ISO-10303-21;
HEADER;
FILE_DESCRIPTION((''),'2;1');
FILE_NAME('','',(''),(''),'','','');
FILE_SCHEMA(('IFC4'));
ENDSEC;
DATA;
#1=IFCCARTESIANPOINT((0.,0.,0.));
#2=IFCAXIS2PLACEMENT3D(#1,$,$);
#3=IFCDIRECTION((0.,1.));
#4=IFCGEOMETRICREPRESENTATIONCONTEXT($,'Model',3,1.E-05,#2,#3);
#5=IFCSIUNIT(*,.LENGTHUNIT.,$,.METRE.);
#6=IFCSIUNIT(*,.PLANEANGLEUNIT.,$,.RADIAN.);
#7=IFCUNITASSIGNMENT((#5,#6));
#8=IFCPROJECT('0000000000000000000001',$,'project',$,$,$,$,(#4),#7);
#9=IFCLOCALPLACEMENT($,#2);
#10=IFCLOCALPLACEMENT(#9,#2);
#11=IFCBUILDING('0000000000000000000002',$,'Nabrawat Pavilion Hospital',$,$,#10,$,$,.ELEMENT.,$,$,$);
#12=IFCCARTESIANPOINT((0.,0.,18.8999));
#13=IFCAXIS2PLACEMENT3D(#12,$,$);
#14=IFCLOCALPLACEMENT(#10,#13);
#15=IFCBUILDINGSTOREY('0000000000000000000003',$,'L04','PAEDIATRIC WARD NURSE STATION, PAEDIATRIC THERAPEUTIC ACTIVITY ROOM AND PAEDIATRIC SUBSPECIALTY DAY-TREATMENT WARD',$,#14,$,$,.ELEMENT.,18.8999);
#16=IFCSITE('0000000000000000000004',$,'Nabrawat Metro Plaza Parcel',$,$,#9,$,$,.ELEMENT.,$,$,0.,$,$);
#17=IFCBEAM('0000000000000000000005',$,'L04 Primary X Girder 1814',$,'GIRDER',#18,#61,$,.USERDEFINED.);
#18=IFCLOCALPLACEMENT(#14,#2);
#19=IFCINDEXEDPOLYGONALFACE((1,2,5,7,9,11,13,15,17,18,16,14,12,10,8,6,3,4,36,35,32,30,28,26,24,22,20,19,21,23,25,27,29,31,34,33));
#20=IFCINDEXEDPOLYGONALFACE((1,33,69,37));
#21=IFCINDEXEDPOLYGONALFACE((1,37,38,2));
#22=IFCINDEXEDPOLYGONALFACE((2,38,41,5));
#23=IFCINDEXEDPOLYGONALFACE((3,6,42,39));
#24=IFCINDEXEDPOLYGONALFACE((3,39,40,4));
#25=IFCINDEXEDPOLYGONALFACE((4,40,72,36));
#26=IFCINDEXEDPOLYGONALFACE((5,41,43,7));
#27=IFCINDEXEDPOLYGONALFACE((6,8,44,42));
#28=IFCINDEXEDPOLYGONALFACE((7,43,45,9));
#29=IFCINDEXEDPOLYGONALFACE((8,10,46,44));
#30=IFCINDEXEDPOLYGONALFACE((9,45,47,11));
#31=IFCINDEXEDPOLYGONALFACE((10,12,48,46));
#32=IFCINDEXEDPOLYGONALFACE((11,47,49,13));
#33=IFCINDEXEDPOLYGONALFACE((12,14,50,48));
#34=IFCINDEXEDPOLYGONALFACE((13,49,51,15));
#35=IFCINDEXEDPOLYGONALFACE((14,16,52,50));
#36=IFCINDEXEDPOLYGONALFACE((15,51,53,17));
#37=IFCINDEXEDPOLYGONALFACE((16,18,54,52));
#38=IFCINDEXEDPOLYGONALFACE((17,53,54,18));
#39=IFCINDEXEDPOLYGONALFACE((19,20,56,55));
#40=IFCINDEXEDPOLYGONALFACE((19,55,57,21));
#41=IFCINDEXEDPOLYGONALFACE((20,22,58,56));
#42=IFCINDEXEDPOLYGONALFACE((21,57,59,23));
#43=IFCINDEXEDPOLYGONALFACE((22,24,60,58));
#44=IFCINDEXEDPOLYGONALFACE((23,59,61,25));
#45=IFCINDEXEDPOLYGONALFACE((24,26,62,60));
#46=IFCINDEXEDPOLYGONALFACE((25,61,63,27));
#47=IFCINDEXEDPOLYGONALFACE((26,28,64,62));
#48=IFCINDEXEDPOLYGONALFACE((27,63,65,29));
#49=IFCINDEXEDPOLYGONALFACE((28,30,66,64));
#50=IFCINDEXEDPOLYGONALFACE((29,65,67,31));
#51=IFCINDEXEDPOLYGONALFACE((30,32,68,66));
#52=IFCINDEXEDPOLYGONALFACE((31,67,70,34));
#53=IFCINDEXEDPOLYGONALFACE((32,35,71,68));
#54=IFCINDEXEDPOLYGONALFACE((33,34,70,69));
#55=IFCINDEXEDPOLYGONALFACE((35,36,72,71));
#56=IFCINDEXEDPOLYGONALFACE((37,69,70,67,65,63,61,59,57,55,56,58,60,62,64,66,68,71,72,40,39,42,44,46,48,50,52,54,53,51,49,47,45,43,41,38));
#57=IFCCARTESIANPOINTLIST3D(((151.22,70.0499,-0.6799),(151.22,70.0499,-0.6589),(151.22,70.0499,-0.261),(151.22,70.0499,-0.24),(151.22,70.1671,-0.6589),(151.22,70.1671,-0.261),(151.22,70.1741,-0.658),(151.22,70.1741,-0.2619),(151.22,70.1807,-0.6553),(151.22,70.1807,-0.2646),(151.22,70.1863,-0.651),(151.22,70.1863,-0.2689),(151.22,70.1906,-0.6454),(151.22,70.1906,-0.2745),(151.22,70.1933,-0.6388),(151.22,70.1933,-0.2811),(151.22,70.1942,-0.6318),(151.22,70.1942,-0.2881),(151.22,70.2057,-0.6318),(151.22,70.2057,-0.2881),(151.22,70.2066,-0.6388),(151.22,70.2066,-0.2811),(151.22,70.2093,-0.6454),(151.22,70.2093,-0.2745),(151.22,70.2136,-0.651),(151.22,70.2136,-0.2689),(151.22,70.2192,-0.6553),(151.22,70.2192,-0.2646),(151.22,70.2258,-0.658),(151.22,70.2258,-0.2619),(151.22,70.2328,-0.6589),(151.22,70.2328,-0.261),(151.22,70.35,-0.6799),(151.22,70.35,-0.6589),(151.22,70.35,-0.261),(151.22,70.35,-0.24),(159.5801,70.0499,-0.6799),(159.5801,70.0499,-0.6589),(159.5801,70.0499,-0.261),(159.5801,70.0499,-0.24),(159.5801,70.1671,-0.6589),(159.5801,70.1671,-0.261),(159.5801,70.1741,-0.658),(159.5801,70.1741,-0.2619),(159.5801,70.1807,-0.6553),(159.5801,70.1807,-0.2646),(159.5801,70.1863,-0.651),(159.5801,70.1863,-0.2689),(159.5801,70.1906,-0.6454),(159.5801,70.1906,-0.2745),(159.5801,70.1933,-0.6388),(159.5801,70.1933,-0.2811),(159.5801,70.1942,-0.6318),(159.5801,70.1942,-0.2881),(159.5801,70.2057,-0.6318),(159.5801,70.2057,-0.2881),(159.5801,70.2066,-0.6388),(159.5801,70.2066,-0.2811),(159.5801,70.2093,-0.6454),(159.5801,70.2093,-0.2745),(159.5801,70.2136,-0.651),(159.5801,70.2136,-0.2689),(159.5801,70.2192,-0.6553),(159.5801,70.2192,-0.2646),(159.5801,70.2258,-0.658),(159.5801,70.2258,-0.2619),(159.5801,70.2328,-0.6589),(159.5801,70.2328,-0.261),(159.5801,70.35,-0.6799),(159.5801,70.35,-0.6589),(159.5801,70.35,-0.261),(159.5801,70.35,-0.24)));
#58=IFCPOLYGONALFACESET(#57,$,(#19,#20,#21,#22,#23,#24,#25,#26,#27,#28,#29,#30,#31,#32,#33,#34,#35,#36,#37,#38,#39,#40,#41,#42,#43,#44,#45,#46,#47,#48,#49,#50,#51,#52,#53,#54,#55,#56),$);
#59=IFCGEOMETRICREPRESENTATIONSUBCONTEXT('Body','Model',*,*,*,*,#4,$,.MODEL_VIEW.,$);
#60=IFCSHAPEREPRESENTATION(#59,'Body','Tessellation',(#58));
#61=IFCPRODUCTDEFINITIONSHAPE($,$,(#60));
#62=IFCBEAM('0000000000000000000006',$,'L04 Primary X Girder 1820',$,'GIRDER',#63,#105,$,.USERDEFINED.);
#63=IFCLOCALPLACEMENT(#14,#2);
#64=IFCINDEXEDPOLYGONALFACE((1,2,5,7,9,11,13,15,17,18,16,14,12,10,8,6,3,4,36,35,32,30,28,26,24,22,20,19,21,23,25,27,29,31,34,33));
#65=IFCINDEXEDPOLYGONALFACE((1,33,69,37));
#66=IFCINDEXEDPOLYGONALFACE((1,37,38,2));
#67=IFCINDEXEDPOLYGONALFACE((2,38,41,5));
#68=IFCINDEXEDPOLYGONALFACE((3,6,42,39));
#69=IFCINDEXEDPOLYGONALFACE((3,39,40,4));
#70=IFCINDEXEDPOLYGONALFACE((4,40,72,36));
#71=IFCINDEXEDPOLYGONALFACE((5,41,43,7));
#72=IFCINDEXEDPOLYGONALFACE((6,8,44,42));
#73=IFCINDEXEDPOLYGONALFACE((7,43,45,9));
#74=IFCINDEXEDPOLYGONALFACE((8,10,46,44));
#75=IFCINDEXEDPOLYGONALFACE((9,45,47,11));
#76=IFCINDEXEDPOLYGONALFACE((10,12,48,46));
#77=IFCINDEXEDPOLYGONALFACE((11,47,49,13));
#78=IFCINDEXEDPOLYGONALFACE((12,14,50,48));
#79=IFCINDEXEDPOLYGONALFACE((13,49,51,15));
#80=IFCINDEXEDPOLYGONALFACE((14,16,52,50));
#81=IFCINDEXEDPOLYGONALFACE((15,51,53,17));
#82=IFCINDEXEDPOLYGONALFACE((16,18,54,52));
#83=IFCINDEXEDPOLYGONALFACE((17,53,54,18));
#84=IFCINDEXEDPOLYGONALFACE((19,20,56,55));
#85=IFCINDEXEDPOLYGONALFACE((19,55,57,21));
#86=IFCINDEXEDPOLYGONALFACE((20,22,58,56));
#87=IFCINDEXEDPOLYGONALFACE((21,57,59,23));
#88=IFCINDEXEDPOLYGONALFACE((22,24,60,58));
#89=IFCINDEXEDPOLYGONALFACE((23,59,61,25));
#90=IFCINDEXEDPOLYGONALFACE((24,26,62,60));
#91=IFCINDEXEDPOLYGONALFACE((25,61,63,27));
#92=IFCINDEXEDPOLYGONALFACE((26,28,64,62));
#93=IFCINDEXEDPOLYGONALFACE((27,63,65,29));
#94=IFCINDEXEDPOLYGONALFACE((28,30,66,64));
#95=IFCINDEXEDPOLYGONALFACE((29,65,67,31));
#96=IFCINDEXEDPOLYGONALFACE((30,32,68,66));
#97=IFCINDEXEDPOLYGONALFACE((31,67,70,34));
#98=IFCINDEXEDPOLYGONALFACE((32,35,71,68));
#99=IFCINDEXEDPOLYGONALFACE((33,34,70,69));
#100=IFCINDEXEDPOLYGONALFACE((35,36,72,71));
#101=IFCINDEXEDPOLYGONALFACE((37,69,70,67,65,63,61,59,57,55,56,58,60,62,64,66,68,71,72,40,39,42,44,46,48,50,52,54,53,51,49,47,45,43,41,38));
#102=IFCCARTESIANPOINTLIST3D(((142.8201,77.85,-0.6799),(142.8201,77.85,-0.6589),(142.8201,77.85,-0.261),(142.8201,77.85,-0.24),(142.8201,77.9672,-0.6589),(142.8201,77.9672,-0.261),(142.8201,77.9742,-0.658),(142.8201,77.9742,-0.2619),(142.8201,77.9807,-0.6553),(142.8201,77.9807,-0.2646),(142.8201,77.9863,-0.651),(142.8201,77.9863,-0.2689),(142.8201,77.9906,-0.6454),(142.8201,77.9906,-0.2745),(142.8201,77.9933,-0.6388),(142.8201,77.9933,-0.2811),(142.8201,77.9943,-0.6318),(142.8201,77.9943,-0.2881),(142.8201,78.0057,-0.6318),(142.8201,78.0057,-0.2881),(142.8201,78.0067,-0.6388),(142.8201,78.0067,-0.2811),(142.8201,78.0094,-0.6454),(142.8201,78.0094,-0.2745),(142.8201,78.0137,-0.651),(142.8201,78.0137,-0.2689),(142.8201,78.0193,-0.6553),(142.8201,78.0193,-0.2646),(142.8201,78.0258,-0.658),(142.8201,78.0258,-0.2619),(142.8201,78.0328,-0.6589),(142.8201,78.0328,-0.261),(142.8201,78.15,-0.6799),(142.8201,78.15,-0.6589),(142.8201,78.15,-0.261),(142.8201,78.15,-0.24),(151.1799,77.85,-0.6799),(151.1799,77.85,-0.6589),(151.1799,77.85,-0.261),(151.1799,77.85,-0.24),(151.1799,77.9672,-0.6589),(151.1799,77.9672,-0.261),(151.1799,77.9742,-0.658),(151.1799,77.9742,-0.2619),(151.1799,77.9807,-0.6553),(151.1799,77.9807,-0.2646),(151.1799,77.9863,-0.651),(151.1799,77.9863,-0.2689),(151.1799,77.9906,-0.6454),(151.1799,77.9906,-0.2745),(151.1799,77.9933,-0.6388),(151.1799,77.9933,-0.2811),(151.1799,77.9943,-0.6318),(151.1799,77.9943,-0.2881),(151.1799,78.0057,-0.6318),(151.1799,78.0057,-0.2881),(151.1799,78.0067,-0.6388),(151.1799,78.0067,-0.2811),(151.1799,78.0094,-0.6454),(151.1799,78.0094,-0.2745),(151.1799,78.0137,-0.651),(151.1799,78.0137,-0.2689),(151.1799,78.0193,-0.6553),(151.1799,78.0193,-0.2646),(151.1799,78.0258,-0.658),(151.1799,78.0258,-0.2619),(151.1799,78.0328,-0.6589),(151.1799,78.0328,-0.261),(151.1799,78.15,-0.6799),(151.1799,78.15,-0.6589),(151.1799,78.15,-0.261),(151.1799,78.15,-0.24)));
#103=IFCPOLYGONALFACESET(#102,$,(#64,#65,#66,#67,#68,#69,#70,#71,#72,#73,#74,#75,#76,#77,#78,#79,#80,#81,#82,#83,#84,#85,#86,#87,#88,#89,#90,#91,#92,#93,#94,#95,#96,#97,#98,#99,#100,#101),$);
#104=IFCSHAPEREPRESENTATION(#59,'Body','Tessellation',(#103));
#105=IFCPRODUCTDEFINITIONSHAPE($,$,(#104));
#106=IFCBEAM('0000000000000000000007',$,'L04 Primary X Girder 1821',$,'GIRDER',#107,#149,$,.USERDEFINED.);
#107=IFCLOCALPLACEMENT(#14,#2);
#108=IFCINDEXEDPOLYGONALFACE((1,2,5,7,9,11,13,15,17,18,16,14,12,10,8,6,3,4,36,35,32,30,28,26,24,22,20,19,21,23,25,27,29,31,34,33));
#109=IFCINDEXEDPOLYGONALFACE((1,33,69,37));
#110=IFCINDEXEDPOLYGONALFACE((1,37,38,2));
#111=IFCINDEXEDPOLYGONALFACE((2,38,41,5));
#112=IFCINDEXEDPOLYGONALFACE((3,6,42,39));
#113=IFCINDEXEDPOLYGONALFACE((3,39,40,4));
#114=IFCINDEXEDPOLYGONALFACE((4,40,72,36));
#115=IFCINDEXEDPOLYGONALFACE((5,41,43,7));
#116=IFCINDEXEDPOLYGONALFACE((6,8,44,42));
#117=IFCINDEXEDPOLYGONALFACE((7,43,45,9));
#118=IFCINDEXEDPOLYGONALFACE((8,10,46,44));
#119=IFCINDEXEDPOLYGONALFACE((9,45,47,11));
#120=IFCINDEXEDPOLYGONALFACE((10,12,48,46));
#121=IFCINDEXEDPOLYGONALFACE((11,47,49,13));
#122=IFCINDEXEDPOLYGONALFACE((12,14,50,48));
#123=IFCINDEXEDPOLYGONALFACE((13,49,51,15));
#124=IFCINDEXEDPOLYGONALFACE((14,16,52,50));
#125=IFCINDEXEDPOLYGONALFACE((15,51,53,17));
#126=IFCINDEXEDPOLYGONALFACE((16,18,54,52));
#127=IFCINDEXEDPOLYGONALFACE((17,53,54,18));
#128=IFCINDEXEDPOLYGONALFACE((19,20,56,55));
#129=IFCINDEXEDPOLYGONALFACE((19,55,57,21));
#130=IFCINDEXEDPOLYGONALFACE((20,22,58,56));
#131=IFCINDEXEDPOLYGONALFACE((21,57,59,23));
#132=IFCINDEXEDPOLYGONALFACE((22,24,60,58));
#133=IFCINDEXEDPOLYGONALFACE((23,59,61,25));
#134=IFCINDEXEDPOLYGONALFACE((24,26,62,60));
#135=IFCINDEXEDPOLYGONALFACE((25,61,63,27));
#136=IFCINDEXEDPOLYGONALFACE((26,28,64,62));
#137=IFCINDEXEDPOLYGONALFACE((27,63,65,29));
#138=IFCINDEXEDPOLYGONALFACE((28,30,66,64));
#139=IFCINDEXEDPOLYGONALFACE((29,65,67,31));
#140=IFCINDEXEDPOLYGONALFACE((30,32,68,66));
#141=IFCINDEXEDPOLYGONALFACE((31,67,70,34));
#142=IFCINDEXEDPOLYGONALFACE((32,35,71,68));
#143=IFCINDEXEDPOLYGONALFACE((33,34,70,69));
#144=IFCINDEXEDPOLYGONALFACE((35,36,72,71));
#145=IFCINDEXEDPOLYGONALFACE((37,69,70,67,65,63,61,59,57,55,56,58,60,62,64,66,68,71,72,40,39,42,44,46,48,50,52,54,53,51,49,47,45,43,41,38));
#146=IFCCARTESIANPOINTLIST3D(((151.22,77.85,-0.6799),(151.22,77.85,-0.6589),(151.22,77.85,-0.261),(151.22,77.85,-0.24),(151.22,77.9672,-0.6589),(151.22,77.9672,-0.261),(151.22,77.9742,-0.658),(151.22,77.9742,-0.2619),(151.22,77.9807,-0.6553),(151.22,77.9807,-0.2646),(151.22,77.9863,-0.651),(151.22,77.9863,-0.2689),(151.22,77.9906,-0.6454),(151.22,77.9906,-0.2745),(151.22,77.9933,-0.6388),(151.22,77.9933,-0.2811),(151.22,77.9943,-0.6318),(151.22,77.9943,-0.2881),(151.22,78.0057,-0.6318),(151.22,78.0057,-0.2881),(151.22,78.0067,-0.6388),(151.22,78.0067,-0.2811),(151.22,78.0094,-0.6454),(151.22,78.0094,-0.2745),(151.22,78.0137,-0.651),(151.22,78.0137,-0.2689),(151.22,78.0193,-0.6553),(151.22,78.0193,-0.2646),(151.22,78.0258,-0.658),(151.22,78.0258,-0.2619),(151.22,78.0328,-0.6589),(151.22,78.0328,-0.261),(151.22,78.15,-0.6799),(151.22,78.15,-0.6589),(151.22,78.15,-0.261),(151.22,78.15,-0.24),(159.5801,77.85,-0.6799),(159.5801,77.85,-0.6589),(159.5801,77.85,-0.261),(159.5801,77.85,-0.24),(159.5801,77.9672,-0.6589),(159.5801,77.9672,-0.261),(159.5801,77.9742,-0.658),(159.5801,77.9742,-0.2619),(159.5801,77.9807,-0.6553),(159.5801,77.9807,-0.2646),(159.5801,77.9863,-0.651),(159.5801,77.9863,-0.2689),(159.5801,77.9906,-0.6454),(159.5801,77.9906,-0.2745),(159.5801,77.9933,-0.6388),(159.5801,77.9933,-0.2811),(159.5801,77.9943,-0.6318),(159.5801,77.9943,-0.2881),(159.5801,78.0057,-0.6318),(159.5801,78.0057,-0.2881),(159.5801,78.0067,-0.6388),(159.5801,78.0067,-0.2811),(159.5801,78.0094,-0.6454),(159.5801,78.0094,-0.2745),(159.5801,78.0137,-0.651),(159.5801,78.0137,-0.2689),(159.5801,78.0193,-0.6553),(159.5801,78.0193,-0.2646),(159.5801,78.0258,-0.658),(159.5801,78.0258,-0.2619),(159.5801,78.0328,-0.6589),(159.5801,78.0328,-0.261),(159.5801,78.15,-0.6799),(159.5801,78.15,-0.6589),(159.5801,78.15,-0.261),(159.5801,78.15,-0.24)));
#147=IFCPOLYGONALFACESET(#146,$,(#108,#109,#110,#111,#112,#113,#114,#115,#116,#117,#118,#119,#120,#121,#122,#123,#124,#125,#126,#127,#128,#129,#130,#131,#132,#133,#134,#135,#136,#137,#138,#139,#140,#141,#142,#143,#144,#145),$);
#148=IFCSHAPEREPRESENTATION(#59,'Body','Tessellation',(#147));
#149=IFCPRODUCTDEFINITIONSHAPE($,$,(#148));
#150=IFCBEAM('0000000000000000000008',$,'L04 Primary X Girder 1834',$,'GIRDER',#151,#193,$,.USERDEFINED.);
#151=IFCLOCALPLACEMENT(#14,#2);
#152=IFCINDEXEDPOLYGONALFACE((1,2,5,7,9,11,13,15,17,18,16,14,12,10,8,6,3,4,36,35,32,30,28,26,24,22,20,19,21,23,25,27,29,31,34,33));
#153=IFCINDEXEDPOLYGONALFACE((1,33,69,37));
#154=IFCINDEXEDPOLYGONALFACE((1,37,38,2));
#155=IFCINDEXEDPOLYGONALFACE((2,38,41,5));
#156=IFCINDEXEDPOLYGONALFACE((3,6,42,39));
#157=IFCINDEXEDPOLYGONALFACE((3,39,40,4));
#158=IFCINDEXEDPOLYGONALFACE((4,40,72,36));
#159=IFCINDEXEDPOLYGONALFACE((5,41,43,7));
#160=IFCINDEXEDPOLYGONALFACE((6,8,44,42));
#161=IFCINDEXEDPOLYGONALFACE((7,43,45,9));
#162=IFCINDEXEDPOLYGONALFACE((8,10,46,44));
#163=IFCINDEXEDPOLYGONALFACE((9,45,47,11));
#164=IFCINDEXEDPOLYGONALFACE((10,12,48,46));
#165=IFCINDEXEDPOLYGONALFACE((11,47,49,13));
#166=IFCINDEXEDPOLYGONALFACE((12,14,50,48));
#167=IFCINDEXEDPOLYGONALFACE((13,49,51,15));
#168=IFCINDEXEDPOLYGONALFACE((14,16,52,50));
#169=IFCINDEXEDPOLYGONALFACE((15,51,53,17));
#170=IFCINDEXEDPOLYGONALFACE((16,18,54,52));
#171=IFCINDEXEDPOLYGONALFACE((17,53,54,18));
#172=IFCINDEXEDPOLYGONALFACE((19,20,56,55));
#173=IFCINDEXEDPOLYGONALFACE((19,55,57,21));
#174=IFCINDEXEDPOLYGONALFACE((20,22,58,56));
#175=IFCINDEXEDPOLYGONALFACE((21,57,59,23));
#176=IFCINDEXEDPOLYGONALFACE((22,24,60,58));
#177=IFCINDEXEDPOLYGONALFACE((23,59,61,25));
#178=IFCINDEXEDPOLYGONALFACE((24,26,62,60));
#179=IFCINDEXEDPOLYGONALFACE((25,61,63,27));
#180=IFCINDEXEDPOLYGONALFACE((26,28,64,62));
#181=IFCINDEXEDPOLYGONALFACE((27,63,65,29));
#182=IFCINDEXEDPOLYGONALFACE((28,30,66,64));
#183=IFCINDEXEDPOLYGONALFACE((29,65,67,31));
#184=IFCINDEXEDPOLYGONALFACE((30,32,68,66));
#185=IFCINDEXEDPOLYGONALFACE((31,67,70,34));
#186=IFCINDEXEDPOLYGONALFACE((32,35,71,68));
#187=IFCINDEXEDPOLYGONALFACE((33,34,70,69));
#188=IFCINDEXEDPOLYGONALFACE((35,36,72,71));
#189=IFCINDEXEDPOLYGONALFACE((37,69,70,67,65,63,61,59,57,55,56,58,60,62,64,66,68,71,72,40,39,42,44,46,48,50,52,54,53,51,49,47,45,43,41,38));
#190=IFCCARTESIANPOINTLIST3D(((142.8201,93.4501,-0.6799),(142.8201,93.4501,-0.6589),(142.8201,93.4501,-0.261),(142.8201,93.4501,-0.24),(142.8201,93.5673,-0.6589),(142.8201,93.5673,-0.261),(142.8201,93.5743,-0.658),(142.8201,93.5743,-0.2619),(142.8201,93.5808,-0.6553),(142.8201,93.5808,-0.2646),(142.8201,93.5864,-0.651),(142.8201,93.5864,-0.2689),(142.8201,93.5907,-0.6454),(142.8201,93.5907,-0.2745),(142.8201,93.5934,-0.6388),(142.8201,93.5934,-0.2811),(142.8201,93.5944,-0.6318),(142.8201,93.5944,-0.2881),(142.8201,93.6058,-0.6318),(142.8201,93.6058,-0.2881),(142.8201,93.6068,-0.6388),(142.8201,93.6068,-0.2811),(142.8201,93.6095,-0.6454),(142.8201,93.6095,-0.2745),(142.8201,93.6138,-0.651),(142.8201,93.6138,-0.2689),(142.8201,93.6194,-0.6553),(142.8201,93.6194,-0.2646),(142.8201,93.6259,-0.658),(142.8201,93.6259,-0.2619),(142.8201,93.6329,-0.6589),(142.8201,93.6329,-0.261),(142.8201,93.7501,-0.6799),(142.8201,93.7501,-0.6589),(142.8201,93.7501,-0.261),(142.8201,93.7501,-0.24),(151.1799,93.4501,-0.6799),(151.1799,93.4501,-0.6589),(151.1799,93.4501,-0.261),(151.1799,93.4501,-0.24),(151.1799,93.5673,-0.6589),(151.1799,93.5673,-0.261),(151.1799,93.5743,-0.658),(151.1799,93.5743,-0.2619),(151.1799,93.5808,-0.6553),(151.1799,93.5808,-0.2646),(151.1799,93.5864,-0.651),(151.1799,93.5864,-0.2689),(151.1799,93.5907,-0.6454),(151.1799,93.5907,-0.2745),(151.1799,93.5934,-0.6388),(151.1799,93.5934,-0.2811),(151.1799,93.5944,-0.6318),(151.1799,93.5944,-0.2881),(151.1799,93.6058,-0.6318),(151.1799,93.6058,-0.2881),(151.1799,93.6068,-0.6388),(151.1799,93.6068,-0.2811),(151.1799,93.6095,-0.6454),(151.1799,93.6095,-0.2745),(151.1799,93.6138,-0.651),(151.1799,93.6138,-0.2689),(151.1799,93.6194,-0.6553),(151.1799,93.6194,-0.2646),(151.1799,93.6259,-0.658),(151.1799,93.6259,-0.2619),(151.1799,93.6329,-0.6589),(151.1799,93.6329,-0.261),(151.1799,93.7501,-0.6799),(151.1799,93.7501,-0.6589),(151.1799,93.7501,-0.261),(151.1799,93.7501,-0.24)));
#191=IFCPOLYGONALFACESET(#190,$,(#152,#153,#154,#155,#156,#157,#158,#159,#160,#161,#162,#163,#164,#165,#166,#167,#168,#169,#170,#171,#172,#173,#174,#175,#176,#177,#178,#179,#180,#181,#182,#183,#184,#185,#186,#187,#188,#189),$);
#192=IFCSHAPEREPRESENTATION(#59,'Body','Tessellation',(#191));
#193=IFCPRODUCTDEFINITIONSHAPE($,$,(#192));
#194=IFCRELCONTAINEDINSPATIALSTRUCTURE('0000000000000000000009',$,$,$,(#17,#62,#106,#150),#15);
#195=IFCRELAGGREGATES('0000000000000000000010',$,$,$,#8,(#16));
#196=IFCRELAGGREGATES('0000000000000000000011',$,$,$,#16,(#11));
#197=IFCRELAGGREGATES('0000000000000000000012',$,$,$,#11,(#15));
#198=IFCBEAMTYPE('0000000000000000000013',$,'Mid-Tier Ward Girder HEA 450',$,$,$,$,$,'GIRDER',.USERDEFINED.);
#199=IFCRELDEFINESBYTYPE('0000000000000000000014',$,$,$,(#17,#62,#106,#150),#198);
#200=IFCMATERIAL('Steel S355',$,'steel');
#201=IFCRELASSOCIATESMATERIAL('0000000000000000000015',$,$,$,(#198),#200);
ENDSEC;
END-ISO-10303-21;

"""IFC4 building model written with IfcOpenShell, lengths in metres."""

from ifc_helpers import new_model, si_unit, direction, frame, origin, origin_2d, place, context, subcontext, project, spatial, i_section, extrude, material, material_profile, profile_set, type_object, element, save


model = new_model("IFC4")

# Units and contexts
model_context = context("Model", 3, precision=1e-05, world=origin(), true_north=direction((0.0, 1.0)))
body_context = subcontext(model_context, "Body", "Model", "MODEL_VIEW")
ifc_project = project(units=[si_unit("LENGTHUNIT", "METRE"), si_unit("PLANEANGLEUNIT", "RADIAN")], contexts=[model_context])

# Site, building, storey
site_placement = place(None, origin())
site = spatial("IfcSite", under=ifc_project, at=site_placement, Name="Nabrawat Metro Plaza Parcel", CompositionType="ELEMENT", RefElevation=0.0)
building_placement = place(site_placement, origin())
building = spatial("IfcBuilding", under=site, at=building_placement, Name="Nabrawat Pavilion Hospital", CompositionType="ELEMENT")
storey_placement = place(building_placement, frame((0.0, 0.0, 18.8999)))
storey = spatial("IfcBuildingStorey", under=building, at=storey_placement, Name="L04", Description="PAEDIATRIC WARD NURSE STATION, PAEDIATRIC THERAPEUTIC ACTIVITY ROOM AND PAEDIATRIC SUBSPECIALTY DAY-TREATMENT WARD", CompositionType="ELEMENT", Elevation=18.8999)

# Shared definitions
ifc_material_1 = material(Name="Steel S355", Category="steel")

# Beams
ifc_material_profile_1 = material_profile(ifc_material_1, i_section(OverallWidth=0.3, OverallDepth=0.4399, WebThickness=0.0115, FlangeThickness=0.021, FilletRadius=0.0271, at=origin_2d()), Name="HEA 450")
ifc_profile_set_1 = profile_set([ifc_material_profile_1], Name="Steel S355")
beam_type_1 = type_object("IfcBeamType", Name="Mid-Tier Ward Girder HEA 450", ElementType="GIRDER", PredefinedType="USERDEFINED", material=ifc_profile_set_1)
beam_1_placement = place(storey_placement, frame((151.22, 70.2, -0.46), z_axis=(1.0, 0.0, 0.0), x_axis=(0.0, 1.0, 0.0)))
element("IfcBeam", 1, at=beam_1_placement, inside=storey, type_object=beam_type_1, Name="L04 Primary X Girder 1814", ObjectType="GIRDER", PredefinedType="USERDEFINED", context=body_context, shape_type="SweptSolid", body=[
    extrude(i_section(OverallWidth=0.3, OverallDepth=0.4399, WebThickness=0.0115, FlangeThickness=0.021, FilletRadius=0.0271, at=origin_2d()), origin(), (0.0, 0.0, 1.0), 8.3601),
])
beam_2_placement = place(storey_placement, frame((142.8201, 78.0, -0.46), z_axis=(1.0, 0.0, 0.0), x_axis=(0.0, 1.0, 0.0)))
element("IfcBeam", 2, at=beam_2_placement, inside=storey, type_object=beam_type_1, Name="L04 Primary X Girder 1820", ObjectType="GIRDER", PredefinedType="USERDEFINED", context=body_context, shape_type="SweptSolid", body=[
    extrude(i_section(OverallWidth=0.3, OverallDepth=0.4399, WebThickness=0.0115, FlangeThickness=0.021, FilletRadius=0.0271, at=origin_2d()), origin(), (0.0, 0.0, 1.0), 8.3599),
])
beam_3_placement = place(storey_placement, frame((151.22, 78.0, -0.46), z_axis=(1.0, 0.0, 0.0), x_axis=(0.0, 1.0, 0.0)))
element("IfcBeam", 3, at=beam_3_placement, inside=storey, type_object=beam_type_1, Name="L04 Primary X Girder 1821", ObjectType="GIRDER", PredefinedType="USERDEFINED", context=body_context, shape_type="SweptSolid", body=[
    extrude(i_section(OverallWidth=0.3, OverallDepth=0.4399, WebThickness=0.0115, FlangeThickness=0.021, FilletRadius=0.0271, at=origin_2d()), origin(), (0.0, 0.0, 1.0), 8.3601),
])
beam_4_placement = place(storey_placement, frame((142.8201, 93.6001, -0.46), z_axis=(1.0, 0.0, 0.0), x_axis=(0.0, 1.0, 0.0)))
element("IfcBeam", 4, at=beam_4_placement, inside=storey, type_object=beam_type_1, Name="L04 Primary X Girder 1834", ObjectType="GIRDER", PredefinedType="USERDEFINED", context=body_context, shape_type="SweptSolid", body=[
    extrude(i_section(OverallWidth=0.3, OverallDepth=0.4399, WebThickness=0.0115, FlangeThickness=0.021, FilletRadius=0.0271, at=origin_2d()), origin(), (0.0, 0.0, 1.0), 8.3599),
])

save(model, "model.ifc")
